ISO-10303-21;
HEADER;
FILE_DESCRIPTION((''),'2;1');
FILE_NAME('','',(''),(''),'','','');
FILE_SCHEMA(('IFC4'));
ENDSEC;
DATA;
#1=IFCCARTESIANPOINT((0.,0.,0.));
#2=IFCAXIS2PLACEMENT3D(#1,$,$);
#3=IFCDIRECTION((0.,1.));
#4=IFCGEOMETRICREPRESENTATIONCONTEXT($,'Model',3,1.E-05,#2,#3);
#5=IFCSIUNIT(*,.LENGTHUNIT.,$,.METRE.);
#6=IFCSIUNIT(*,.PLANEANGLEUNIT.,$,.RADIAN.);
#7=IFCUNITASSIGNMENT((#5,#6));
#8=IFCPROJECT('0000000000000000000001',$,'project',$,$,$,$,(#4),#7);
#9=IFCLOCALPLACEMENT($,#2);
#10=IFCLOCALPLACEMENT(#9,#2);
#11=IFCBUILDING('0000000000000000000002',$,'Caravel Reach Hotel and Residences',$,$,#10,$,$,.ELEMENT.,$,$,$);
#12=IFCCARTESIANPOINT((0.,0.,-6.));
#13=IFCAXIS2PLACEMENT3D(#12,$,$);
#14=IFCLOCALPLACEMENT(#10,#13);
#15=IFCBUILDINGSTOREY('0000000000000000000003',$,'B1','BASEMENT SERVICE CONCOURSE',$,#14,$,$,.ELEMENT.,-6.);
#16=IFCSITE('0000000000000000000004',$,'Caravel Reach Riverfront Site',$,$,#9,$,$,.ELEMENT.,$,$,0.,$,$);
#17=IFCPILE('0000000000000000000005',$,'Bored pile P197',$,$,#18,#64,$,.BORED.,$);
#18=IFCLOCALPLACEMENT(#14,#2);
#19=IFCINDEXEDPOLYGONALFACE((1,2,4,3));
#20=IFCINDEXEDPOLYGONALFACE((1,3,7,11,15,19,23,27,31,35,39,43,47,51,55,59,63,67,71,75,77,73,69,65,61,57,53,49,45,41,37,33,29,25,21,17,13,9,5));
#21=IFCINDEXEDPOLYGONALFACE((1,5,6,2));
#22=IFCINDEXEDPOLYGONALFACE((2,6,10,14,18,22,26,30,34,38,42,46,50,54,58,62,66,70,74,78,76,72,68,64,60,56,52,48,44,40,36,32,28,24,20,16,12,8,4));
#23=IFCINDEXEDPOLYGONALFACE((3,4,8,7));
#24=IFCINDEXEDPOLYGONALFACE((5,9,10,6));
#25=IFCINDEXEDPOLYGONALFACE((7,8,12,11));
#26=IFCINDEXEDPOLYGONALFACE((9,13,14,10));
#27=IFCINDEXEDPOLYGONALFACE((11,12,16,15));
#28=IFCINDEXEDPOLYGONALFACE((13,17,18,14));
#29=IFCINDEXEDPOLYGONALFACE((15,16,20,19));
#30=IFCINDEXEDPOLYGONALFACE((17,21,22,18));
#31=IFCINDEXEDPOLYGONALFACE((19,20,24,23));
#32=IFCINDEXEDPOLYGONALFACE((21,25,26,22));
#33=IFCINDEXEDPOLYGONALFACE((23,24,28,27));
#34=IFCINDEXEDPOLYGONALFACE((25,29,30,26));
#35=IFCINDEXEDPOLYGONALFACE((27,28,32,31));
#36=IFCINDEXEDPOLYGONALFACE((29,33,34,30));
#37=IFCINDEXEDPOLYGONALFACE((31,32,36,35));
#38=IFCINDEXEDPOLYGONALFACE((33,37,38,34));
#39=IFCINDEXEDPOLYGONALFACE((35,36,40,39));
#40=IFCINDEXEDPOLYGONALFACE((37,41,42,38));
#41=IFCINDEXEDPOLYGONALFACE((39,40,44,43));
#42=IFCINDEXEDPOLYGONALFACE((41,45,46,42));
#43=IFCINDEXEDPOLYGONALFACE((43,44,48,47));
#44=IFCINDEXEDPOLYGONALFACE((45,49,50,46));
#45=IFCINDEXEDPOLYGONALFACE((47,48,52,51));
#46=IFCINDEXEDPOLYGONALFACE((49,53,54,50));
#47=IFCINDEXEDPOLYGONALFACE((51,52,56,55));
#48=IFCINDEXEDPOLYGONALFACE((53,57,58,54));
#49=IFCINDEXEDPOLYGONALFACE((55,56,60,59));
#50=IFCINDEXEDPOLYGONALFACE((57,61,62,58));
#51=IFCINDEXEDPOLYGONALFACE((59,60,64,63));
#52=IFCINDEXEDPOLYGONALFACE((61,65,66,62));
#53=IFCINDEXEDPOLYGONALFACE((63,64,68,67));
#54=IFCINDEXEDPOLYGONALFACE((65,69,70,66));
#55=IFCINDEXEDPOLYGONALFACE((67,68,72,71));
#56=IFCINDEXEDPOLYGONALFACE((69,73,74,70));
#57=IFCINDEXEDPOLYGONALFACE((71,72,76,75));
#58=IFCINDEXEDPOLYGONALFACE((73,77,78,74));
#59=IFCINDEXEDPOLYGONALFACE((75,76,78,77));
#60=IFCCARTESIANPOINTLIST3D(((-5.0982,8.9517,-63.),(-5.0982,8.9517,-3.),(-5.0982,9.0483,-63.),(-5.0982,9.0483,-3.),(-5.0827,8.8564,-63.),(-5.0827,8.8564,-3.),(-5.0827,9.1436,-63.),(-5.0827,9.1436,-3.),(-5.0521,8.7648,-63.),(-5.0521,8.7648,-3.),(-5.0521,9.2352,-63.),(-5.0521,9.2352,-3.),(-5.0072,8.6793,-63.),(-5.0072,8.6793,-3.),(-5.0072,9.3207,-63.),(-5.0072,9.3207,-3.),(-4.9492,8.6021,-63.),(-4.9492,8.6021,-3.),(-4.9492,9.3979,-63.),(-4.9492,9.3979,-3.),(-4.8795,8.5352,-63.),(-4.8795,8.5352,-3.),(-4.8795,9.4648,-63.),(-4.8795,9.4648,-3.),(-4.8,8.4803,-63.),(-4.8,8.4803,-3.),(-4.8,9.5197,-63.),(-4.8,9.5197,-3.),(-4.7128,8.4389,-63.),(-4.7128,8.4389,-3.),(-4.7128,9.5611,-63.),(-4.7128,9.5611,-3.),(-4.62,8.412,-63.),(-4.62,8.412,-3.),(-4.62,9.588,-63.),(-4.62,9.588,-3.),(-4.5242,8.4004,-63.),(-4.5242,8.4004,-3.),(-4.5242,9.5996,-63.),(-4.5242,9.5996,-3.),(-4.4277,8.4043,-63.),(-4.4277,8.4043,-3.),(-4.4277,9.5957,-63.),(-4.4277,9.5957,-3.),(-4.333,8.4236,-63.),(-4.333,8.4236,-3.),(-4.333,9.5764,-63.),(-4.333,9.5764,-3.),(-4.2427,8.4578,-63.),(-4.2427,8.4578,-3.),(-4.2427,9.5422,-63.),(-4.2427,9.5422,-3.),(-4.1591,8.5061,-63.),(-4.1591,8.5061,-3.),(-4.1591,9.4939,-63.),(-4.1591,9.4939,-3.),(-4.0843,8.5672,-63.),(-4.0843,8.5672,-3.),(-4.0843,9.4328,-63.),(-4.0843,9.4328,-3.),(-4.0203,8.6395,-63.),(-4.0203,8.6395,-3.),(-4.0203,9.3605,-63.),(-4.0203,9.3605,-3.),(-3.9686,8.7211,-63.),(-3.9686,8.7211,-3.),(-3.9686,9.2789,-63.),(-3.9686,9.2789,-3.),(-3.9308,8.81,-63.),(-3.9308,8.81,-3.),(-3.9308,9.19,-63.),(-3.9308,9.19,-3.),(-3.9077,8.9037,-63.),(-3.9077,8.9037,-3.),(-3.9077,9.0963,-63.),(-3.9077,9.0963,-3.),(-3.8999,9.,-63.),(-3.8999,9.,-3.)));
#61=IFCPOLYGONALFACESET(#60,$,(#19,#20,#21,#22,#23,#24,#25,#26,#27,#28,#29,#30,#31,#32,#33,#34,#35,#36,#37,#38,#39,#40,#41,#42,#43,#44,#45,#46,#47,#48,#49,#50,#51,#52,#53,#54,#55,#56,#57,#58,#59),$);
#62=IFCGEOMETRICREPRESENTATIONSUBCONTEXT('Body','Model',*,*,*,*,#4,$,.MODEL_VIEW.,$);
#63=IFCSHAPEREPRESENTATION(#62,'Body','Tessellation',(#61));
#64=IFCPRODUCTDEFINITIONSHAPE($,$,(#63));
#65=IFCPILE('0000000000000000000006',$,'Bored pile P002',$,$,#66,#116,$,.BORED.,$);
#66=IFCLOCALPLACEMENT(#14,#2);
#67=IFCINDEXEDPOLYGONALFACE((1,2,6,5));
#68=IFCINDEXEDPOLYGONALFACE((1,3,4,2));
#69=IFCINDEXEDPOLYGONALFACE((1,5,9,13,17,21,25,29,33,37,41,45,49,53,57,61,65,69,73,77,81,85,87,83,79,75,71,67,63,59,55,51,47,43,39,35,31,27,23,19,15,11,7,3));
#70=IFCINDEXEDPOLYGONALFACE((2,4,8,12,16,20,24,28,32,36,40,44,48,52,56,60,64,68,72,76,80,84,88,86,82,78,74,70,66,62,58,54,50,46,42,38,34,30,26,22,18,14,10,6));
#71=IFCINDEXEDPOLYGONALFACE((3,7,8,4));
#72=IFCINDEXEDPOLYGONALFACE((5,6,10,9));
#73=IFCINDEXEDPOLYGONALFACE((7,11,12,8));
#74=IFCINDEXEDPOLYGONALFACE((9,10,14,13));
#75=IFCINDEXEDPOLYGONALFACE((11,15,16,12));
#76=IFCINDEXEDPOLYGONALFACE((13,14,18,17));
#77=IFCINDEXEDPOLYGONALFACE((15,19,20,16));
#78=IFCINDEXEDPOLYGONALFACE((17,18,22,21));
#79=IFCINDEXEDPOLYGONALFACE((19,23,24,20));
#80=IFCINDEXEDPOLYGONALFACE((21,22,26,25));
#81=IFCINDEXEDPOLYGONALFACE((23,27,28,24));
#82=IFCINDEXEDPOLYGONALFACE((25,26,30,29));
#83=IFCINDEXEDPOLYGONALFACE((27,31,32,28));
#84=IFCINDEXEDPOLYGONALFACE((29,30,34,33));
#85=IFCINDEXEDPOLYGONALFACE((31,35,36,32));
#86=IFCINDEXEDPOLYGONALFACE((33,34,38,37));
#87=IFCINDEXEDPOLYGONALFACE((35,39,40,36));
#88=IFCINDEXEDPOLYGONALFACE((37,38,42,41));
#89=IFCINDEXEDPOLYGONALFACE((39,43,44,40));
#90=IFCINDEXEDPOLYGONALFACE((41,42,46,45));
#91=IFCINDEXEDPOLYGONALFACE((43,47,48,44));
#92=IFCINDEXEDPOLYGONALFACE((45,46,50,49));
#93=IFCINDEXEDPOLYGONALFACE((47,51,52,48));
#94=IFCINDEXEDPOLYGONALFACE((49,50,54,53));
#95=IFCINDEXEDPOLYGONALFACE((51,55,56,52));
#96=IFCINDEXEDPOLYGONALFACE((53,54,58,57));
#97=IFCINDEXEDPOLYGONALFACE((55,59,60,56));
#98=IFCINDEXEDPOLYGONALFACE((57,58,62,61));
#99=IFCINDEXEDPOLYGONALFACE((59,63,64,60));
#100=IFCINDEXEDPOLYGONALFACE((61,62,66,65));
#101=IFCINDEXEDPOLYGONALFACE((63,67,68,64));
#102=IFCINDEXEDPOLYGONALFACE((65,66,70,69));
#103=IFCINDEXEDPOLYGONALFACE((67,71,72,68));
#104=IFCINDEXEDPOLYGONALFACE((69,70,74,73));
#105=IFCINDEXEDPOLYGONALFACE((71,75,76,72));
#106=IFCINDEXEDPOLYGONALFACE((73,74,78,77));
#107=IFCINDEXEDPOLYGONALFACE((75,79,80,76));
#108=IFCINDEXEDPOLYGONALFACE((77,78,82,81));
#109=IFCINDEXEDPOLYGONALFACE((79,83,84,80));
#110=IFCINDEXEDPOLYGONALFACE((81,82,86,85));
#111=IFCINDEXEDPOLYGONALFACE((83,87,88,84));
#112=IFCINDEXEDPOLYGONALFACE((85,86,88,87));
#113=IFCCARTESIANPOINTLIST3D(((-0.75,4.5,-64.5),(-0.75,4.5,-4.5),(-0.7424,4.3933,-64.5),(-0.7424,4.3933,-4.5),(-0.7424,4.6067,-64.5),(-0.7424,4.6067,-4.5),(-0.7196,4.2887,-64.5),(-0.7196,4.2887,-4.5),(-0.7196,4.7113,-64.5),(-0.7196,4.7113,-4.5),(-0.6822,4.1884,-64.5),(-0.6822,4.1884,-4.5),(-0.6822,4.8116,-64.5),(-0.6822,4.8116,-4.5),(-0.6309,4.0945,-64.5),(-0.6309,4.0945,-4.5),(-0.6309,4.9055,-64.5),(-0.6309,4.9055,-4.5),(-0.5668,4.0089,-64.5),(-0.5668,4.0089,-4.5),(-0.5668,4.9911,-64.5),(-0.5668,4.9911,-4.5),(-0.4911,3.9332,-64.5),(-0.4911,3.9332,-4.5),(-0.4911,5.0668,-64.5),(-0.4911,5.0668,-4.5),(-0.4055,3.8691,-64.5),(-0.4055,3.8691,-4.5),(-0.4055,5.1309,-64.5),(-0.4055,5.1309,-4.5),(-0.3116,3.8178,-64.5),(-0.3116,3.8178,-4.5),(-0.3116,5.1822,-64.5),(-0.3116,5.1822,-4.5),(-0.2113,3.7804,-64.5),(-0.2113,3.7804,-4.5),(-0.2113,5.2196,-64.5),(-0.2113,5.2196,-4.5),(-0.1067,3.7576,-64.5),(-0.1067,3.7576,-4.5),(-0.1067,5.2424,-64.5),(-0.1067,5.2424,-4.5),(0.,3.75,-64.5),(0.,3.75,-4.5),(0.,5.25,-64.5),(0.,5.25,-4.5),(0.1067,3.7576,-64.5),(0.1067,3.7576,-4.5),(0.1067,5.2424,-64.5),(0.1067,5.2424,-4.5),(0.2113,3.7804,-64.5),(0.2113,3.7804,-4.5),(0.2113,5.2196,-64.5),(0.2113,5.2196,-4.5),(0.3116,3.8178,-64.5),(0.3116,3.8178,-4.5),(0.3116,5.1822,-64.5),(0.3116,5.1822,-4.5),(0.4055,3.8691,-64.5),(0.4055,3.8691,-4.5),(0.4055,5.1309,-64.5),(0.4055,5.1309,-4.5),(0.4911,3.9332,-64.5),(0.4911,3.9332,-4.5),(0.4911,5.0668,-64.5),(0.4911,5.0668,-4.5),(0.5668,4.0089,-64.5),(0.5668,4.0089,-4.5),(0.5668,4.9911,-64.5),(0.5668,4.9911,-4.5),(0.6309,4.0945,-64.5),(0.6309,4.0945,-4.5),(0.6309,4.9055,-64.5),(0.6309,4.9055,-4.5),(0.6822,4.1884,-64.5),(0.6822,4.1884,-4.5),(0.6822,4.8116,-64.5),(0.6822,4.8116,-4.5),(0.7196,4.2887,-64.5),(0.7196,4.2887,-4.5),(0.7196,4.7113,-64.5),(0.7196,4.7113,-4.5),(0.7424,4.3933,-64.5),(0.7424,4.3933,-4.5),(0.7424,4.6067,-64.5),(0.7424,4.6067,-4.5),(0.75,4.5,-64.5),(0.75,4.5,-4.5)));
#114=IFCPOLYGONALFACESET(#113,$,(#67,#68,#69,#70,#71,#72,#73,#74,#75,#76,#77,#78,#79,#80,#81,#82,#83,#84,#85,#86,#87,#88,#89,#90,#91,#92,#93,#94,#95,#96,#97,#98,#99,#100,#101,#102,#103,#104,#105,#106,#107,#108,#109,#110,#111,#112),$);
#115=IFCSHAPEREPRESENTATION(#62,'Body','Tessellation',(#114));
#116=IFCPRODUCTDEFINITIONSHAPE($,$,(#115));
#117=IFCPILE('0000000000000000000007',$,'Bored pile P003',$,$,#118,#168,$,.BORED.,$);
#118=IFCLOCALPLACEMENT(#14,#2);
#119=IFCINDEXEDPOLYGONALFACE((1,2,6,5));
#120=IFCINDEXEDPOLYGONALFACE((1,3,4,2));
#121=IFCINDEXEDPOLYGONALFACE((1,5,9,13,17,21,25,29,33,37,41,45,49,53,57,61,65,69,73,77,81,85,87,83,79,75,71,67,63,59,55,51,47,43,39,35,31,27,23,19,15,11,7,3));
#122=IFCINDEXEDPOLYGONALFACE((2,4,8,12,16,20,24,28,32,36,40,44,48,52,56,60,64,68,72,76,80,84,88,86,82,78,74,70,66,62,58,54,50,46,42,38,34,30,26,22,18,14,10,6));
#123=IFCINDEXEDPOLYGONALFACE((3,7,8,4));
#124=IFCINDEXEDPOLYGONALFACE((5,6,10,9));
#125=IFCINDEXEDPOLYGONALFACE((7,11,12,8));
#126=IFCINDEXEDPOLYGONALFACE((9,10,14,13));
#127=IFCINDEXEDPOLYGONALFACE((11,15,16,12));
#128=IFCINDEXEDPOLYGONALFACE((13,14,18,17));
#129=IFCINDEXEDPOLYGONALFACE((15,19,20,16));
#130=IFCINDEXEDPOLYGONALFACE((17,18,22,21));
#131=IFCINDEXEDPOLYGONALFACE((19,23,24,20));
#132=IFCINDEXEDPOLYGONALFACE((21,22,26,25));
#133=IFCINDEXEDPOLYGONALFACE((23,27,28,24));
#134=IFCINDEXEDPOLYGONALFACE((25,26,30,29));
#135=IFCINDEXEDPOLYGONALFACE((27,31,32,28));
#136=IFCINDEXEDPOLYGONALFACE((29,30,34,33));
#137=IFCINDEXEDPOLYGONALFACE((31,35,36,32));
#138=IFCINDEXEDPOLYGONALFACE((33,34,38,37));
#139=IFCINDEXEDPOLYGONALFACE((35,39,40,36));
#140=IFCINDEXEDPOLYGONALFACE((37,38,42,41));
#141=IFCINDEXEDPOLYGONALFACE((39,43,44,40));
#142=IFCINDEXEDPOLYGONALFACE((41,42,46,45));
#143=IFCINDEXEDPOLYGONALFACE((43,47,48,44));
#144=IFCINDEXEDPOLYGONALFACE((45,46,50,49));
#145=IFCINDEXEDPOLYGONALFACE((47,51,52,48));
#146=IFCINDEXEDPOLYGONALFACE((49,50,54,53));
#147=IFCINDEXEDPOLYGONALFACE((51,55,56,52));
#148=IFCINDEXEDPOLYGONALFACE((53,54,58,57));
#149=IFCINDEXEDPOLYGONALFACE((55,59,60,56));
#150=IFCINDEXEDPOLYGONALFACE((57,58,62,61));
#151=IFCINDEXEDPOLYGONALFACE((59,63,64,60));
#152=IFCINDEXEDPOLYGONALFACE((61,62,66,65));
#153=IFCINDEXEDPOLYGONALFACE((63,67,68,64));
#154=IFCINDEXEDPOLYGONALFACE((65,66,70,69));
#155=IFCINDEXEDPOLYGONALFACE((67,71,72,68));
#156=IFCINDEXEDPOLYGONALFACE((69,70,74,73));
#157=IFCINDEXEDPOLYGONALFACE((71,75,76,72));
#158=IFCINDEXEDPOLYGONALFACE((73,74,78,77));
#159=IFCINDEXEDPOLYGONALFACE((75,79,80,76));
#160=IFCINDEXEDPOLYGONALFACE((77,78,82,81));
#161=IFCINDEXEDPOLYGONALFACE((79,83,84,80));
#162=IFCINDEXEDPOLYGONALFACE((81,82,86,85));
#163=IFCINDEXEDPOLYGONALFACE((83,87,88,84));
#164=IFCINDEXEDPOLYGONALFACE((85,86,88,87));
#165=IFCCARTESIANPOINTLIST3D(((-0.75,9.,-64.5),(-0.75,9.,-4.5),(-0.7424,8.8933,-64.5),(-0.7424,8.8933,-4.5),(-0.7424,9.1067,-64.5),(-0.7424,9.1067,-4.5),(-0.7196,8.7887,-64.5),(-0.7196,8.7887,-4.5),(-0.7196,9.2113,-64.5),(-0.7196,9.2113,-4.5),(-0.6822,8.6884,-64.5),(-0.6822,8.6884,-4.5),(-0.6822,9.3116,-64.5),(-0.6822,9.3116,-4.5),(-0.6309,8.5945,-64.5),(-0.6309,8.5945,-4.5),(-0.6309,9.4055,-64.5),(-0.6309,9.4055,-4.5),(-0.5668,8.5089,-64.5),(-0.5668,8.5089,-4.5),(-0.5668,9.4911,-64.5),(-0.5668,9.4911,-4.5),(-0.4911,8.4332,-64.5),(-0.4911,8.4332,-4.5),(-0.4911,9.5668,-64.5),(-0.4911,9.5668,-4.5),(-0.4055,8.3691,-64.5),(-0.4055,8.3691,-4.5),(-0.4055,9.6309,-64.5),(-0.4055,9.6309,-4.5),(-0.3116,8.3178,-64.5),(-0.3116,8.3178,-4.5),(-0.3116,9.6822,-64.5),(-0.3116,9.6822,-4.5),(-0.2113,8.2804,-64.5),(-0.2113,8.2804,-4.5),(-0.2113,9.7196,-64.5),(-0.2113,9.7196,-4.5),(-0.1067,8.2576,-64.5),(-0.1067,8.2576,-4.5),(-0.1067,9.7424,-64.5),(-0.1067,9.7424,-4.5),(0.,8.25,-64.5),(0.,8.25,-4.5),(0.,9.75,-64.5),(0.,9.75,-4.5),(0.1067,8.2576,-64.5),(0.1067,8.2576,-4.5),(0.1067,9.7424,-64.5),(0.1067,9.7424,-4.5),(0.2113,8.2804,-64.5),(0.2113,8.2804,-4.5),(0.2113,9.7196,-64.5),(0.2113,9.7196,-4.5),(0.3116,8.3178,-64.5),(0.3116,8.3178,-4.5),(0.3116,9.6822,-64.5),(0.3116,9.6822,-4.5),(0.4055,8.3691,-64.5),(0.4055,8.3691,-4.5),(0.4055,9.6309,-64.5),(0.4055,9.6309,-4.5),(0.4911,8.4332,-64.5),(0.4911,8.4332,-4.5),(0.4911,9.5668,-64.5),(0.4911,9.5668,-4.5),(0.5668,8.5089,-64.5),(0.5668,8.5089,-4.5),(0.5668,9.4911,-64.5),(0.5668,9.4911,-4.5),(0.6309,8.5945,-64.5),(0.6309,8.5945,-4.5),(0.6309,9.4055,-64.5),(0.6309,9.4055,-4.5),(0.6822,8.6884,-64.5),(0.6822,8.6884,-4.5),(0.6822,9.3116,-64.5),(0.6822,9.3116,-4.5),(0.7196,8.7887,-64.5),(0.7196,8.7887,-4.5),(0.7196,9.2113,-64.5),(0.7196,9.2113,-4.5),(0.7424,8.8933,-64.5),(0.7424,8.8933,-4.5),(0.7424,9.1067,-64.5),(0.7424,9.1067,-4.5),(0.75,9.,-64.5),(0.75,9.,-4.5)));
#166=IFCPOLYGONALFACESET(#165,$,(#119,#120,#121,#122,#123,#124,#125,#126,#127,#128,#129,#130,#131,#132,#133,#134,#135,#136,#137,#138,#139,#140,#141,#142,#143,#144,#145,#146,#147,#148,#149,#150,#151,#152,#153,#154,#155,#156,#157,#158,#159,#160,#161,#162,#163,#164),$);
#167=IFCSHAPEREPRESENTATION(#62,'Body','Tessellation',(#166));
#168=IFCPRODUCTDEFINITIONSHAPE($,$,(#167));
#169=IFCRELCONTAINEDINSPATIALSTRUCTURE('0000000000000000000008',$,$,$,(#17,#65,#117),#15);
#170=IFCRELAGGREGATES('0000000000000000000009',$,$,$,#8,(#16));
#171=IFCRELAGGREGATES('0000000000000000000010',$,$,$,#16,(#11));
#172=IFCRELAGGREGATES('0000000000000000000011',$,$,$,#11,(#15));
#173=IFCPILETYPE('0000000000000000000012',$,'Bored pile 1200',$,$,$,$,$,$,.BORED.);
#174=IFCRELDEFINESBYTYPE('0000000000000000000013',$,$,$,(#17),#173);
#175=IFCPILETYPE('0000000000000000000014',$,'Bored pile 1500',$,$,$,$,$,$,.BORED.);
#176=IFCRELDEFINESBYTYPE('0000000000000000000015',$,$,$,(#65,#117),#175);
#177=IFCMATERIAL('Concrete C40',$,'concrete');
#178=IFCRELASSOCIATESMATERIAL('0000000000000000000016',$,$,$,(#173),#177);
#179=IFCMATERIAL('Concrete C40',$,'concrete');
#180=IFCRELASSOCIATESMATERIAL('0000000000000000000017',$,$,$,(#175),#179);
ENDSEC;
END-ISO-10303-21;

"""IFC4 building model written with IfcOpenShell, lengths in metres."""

from ifc_helpers import new_model, si_unit, direction, frame, origin, origin_2d, place, context, subcontext, project, spatial, circle, extrude, material, material_profile, profile_set, type_object, element, save


model = new_model("IFC4")

# Units and contexts
model_context = context("Model", 3, precision=1e-05, world=origin(), true_north=direction((0.0, 1.0)))
body_context = subcontext(model_context, "Body", "Model", "MODEL_VIEW")
ifc_project = project(units=[si_unit("LENGTHUNIT", "METRE"), si_unit("PLANEANGLEUNIT", "RADIAN")], contexts=[model_context])

# Site, building, storey
site_placement = place(None, origin())
site = spatial("IfcSite", under=ifc_project, at=site_placement, Name="Caravel Reach Riverfront Site", CompositionType="ELEMENT", RefElevation=0.0)
building_placement = place(site_placement, origin())
building = spatial("IfcBuilding", under=site, at=building_placement, Name="Caravel Reach Hotel and Residences", CompositionType="ELEMENT")
storey_placement = place(building_placement, frame((0.0, 0.0, -6.0)))
storey = spatial("IfcBuildingStorey", under=building, at=storey_placement, Name="B1", Description="BASEMENT SERVICE CONCOURSE", CompositionType="ELEMENT", Elevation=-6.0)

# Piles
ifc_material_1 = material(Name="Concrete C40", Category="concrete")
ifc_material_profile_1 = material_profile(ifc_material_1, circle(Radius=0.6001, at=origin_2d()), Name="PILE 1200")
ifc_profile_set_1 = profile_set([ifc_material_profile_1], Name="Concrete C40")
pile_type_1 = type_object("IfcPileType", Name="Bored pile 1200", PredefinedType="BORED", material=ifc_profile_set_1)
pile_placement = place(storey_placement, frame((-4.5, 9.0, -3.0), z_axis=(0.0, 0.0, -1.0), x_axis=(1.0, 0.0, 0.0)))
element("IfcPile", 1, at=pile_placement, inside=storey, type_object=pile_type_1, Name="Bored pile P197", PredefinedType="BORED", context=body_context, shape_type="SweptSolid", body=[
    extrude(circle(Radius=0.6001, at=origin_2d()), origin(), (0.0, 0.0, 1.0), 60.0),
])
ifc_material_2 = material(Name="Concrete C40", Category="concrete")
ifc_material_profile_2 = material_profile(ifc_material_2, circle(Radius=0.75, at=origin_2d()), Name="PILE 1500")
ifc_profile_set_2 = profile_set([ifc_material_profile_2], Name="Concrete C40")
pile_type_2 = type_object("IfcPileType", Name="Bored pile 1500", PredefinedType="BORED", material=ifc_profile_set_2)
for number, where, z_axis, x_axis, name in (
    (2, (0.0, 4.5, -4.5), (0.0, 0.0, -1.0), (1.0, 0.0, 0.0), "Bored pile P002"),
    (3, (0.0, 9.0, -4.5), (0.0, 0.0, -1.0), (1.0, 0.0, 0.0), "Bored pile P003"),
):
    element("IfcPile", number, at=place(storey_placement, frame(where, z_axis=z_axis, x_axis=x_axis)), inside=storey, type_object=pile_type_2, Name=name, PredefinedType="BORED", context=body_context, shape_type="SweptSolid", body=[
        extrude(circle(Radius=0.75, at=origin_2d()), origin(), (0.0, 0.0, 1.0), 60.0),
    ])

save(model, "model.ifc")
